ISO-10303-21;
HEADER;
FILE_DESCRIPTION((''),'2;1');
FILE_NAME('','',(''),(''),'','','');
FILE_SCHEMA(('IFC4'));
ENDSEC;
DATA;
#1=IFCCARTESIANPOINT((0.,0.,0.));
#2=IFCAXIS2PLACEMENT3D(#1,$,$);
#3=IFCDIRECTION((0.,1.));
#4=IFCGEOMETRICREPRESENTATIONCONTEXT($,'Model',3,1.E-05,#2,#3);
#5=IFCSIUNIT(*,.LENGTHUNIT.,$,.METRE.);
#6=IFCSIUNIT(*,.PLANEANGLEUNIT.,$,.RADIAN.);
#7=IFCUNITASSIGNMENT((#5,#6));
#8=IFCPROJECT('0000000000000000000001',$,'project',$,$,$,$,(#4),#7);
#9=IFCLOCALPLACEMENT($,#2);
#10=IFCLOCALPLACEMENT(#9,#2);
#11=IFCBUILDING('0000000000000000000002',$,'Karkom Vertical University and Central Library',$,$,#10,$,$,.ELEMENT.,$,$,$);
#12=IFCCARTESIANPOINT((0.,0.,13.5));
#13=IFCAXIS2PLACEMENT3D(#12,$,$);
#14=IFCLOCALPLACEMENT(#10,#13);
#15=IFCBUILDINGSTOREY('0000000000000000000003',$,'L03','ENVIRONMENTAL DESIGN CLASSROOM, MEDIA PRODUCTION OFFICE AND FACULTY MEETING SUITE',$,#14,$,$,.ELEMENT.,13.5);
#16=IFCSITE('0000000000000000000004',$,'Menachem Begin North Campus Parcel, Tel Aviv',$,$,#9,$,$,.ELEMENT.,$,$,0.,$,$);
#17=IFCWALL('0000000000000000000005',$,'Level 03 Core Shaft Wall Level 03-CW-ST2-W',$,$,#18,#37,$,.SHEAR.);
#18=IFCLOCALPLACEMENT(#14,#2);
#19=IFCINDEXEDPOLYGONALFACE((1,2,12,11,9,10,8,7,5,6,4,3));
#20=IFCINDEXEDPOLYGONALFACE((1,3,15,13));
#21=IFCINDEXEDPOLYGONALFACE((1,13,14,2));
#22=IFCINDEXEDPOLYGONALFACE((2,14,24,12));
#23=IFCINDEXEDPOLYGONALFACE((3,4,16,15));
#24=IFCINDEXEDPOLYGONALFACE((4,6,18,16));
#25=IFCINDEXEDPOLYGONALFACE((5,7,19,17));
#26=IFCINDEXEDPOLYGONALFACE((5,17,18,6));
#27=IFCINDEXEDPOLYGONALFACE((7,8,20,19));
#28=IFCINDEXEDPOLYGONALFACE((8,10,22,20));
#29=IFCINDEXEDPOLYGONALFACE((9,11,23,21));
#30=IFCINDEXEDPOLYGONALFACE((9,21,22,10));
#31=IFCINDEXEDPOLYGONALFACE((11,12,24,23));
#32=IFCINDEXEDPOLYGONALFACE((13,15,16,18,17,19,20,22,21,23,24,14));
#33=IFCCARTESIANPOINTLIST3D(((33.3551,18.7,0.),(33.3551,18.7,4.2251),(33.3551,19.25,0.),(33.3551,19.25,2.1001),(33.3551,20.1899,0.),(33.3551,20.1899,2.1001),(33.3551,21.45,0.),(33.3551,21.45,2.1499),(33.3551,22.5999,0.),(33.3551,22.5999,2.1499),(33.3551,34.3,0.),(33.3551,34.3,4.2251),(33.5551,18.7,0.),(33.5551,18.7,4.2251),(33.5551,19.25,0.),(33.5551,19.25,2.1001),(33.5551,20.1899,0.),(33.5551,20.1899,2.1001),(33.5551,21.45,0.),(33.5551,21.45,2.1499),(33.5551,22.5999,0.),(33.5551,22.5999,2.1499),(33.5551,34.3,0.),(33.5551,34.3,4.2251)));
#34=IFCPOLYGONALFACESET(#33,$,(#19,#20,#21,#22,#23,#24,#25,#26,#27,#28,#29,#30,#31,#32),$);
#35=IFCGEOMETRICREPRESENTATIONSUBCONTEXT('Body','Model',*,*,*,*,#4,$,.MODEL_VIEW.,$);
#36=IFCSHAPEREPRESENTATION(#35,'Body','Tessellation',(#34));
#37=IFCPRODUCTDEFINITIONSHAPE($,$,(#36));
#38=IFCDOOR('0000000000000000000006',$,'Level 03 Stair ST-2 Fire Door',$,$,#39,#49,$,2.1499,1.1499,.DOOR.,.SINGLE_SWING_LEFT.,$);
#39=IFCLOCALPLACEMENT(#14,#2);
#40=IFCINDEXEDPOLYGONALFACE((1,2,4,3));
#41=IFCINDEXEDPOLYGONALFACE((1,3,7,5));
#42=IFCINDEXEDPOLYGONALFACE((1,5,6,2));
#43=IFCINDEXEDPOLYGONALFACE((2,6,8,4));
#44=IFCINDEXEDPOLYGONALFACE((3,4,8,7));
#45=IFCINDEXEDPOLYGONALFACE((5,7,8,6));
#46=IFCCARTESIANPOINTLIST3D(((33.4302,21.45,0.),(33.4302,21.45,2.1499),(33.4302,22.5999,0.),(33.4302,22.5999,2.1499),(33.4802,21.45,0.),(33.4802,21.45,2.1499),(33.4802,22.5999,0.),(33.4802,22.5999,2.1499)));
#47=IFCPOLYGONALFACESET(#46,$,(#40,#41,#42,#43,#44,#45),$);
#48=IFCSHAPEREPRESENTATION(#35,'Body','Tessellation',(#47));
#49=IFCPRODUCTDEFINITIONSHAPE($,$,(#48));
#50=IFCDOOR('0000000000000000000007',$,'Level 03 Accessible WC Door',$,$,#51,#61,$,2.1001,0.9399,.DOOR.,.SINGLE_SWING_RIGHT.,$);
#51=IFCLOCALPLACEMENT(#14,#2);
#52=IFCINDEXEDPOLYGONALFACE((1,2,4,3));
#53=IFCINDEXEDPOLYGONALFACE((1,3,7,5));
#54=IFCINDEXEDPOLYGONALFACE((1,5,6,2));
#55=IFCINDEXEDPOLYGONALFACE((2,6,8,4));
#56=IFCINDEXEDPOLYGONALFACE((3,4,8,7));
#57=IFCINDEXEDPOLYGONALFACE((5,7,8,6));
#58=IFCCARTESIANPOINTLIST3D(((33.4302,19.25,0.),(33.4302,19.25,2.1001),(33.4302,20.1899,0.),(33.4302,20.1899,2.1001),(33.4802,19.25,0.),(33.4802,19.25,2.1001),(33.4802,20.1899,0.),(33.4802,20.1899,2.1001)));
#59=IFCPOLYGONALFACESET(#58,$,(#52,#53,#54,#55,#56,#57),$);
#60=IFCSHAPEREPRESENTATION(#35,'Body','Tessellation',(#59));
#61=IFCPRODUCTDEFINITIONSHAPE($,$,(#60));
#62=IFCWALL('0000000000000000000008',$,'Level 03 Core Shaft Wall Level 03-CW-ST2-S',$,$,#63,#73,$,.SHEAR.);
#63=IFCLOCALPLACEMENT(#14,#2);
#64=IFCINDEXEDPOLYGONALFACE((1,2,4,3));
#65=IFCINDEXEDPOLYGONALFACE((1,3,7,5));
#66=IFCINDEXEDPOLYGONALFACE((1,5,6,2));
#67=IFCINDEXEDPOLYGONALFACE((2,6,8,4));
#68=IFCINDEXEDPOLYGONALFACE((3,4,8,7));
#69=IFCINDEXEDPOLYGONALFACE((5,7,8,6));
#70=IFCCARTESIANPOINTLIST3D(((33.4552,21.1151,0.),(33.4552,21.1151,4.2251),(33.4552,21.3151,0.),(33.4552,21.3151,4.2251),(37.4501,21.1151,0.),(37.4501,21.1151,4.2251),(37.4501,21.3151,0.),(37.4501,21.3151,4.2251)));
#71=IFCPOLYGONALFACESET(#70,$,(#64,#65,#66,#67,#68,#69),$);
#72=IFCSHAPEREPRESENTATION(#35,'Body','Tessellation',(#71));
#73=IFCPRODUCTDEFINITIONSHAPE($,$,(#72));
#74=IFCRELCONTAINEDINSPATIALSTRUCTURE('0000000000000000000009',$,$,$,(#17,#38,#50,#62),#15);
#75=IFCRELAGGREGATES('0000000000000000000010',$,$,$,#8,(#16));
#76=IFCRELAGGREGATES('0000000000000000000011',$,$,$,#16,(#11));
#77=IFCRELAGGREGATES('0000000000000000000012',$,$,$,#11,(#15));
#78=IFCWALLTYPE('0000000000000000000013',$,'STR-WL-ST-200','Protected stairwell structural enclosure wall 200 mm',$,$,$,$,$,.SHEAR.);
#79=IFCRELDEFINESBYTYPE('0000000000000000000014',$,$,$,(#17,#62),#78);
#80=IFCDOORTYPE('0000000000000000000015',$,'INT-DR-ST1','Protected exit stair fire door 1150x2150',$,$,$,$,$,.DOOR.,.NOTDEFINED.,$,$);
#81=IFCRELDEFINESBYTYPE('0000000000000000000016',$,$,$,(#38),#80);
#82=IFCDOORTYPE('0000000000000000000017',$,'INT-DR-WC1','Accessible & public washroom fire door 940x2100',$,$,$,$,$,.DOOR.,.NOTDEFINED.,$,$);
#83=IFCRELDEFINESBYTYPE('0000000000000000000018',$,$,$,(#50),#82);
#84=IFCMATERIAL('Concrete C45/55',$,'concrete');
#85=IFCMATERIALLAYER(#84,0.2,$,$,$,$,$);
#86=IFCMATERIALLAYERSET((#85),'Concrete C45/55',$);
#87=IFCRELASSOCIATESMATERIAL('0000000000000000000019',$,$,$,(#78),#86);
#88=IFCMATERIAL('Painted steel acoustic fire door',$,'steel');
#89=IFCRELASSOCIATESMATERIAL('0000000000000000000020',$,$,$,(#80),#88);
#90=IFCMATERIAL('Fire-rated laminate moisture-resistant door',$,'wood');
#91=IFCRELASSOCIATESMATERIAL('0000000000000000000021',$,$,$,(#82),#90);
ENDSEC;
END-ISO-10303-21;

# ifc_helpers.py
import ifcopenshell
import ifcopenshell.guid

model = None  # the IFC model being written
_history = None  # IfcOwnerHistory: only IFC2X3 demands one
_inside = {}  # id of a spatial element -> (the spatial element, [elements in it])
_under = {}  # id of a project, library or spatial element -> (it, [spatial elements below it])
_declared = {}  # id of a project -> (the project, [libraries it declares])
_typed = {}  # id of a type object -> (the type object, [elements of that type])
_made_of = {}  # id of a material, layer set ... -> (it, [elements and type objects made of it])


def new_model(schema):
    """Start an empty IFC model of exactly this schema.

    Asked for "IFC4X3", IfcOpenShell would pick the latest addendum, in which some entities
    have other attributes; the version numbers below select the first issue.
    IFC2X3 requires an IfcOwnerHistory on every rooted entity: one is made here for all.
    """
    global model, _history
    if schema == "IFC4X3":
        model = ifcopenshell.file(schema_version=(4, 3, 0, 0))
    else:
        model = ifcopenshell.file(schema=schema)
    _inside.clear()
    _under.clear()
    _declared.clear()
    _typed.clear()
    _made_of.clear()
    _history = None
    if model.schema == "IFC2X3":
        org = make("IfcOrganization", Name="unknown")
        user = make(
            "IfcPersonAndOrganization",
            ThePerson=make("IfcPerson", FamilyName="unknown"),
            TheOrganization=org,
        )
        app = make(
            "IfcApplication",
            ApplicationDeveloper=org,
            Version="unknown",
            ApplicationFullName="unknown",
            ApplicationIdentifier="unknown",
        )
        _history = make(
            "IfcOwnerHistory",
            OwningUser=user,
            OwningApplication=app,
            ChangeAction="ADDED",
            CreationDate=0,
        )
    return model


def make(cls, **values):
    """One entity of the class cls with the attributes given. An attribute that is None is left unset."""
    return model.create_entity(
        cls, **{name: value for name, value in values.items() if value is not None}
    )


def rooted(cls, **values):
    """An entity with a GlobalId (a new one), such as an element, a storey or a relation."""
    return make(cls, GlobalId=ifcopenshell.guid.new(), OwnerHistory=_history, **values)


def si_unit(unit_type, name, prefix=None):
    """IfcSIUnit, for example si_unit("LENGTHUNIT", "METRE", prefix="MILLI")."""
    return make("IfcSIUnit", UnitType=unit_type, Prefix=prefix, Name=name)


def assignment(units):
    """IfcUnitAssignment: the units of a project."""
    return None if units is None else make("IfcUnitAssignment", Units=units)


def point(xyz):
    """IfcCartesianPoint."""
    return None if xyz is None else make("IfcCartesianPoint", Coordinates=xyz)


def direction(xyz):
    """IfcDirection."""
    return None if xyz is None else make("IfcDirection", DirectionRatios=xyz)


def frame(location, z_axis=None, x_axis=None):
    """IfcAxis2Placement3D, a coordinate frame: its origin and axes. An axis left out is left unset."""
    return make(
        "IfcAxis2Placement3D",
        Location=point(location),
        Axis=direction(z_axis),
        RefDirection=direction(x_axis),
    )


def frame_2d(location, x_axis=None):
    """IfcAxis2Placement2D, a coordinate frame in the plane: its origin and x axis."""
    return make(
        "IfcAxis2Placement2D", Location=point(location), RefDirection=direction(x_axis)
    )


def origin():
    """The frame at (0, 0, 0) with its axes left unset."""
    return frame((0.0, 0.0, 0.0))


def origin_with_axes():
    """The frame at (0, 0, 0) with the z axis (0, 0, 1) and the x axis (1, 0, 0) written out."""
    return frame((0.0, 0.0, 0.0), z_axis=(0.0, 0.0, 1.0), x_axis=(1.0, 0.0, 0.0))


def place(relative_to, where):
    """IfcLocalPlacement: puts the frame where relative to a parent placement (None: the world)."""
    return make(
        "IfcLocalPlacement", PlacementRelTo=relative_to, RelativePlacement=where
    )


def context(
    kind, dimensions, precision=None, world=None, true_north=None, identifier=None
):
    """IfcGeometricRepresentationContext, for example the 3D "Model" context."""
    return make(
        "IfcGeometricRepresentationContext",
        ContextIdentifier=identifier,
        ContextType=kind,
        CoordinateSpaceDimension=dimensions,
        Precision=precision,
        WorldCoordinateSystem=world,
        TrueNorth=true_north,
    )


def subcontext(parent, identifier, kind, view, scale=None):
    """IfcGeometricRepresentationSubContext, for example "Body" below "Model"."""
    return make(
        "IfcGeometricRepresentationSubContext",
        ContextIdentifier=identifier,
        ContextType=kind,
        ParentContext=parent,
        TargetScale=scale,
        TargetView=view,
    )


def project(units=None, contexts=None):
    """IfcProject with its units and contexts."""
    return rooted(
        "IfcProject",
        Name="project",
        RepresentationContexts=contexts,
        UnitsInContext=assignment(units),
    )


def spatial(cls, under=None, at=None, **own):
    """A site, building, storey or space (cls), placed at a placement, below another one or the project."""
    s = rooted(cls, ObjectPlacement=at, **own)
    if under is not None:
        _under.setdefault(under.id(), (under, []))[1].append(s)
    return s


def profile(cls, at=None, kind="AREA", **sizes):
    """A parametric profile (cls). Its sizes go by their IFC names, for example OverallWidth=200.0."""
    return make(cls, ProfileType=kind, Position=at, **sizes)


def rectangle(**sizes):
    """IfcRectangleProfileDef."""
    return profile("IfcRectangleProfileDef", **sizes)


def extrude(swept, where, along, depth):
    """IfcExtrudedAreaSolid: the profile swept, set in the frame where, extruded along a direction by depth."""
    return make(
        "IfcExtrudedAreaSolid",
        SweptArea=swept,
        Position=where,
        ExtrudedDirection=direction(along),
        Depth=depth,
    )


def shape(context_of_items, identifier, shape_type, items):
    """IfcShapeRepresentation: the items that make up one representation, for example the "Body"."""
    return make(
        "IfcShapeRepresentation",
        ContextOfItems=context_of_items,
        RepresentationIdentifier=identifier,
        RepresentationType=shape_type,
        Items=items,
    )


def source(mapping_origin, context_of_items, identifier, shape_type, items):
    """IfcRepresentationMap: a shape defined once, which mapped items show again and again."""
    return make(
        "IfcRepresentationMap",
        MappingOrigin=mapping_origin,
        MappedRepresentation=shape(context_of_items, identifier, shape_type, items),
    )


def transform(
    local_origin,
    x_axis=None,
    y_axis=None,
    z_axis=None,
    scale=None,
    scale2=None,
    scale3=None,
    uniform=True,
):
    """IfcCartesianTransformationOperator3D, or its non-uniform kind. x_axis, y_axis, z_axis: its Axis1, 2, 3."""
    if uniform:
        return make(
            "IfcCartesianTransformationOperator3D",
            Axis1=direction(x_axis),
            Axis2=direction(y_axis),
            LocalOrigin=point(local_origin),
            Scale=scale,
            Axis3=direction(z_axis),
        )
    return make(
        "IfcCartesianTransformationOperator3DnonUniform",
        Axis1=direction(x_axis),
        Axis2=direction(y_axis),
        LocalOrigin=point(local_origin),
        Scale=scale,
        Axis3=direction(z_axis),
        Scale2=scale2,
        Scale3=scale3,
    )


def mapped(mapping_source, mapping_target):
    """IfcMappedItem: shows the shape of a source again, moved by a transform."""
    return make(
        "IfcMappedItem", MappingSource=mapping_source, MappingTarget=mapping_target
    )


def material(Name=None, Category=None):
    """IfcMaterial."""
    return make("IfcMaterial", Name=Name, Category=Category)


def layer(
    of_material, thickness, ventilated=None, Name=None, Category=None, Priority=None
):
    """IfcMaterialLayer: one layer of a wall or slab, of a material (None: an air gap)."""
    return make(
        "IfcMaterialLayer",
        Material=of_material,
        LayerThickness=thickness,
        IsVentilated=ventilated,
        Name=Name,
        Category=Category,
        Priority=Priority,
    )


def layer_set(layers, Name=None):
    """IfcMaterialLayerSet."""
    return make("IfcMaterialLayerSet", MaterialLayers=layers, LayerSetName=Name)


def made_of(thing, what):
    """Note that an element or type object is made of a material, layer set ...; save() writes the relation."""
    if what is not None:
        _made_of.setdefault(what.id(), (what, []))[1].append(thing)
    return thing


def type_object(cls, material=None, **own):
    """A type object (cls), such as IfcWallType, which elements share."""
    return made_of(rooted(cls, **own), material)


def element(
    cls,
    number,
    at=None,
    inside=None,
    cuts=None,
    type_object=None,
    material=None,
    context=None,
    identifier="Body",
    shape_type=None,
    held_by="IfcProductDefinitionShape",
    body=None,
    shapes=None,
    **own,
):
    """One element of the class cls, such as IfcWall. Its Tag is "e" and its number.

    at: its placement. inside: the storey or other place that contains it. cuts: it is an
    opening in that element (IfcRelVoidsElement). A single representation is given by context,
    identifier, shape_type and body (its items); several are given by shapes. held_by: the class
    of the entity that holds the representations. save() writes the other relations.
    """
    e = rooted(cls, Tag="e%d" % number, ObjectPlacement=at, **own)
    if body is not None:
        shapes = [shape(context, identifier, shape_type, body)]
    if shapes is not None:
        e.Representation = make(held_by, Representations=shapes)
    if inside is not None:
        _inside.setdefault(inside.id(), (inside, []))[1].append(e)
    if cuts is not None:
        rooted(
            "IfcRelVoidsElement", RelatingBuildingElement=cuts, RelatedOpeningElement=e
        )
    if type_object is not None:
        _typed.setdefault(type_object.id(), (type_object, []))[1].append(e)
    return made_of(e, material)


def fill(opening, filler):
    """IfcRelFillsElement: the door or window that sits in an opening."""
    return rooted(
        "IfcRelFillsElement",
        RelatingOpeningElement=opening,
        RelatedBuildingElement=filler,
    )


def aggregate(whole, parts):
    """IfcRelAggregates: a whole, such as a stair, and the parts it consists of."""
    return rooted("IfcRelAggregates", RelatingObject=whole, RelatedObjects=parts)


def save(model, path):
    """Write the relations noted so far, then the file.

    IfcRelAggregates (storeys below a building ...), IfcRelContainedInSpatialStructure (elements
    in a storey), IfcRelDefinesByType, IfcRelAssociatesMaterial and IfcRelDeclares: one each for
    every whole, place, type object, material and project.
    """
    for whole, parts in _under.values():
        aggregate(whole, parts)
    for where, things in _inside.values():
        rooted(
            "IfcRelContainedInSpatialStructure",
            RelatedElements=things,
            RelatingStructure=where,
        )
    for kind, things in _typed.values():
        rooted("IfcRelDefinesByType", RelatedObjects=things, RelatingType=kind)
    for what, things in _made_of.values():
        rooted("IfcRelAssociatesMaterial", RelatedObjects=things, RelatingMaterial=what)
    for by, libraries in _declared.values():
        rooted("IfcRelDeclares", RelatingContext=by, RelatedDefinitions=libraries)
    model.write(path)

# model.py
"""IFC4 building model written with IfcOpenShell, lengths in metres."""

from ifc_helpers import new_model, si_unit, direction, frame, frame_2d, origin, origin_with_axes, place, context, subcontext, project, spatial, rectangle, extrude, source, transform, mapped, material, layer, layer_set, type_object, element, fill, save


model = new_model("IFC4")

# Units and contexts
model_context = context("Model", 3, precision=1e-05, world=origin(), true_north=direction((0.0, 1.0)))
body_context = subcontext(model_context, "Body", "Model", "MODEL_VIEW")
ifc_project = project(units=[si_unit("LENGTHUNIT", "METRE"), si_unit("PLANEANGLEUNIT", "RADIAN")], contexts=[model_context])

# Site, building, storey
site_placement = place(None, origin())
site = spatial("IfcSite", under=ifc_project, at=site_placement, Name="Menachem Begin North Campus Parcel, Tel Aviv", CompositionType="ELEMENT", RefElevation=0.0)
building_placement = place(site_placement, origin())
building = spatial("IfcBuilding", under=site, at=building_placement, Name="Karkom Vertical University and Central Library", CompositionType="ELEMENT")
storey_placement = place(building_placement, frame((0.0, 0.0, 13.5)))
storey = spatial("IfcBuildingStorey", under=building, at=storey_placement, Name="L03", Description="ENVIRONMENTAL DESIGN CLASSROOM, MEDIA PRODUCTION OFFICE AND FACULTY MEETING SUITE", CompositionType="ELEMENT", Elevation=13.5)

# Wall, openings, doors
ifc_material_1 = material(Name="Concrete C45/55", Category="concrete")
ifc_layer_1 = layer(ifc_material_1, 0.2)
ifc_layer_set_1 = layer_set([ifc_layer_1], Name="Concrete C45/55")
wall_type_1 = type_object("IfcWallType", Name="STR-WL-ST-200", Description="Protected stairwell structural enclosure wall 200 mm", PredefinedType="SHEAR", material=ifc_layer_set_1)
ifc_material_2 = material(Name="Painted steel acoustic fire door", Category="steel")
door_type_1 = type_object("IfcDoorType", Name="INT-DR-ST1", Description="Protected exit stair fire door 1150x2150", OperationType="NOTDEFINED", PredefinedType="DOOR", material=ifc_material_2)
shared_shape_1 = source(origin_with_axes(), body_context, "Body", "SweptSolid", [
    extrude(rectangle(XDim=1.1499, YDim=2.1499, at=frame_2d((0.575, 1.075))), frame((0.0, 0.0249, 0.0), z_axis=(0.0, -1.0, 0.0), x_axis=(1.0, 0.0, 0.0)), (0.0, 0.0, 1.0), 0.05),
])
wall_1_placement = place(storey_placement, frame((33.4551, 18.7, 0.0), z_axis=(0.0, 0.0, 1.0), x_axis=(0.0, 1.0, 0.0)))
wall_1 = element("IfcWall", 1, at=wall_1_placement, inside=storey, type_object=wall_type_1, Name="Level 03 Core Shaft Wall Level 03-CW-ST2-W", PredefinedType="SHEAR", context=body_context, shape_type="SweptSolid", body=[
    extrude(rectangle(XDim=15.6001, YDim=0.2, at=frame_2d((7.8, 0.0))), origin(), (0.0, 0.0, 1.0), 4.2251),
])
opening_1_placement = place(wall_1_placement, frame((2.75, 0.0, 0.0)))
opening_1 = element("IfcOpeningElement", 2, at=opening_1_placement, cuts=wall_1, PredefinedType="OPENING", context=body_context, shape_type="SweptSolid", body=[
    extrude(rectangle(XDim=1.1499, YDim=2.1499, at=frame_2d((0.575, 1.075))), frame((0.0, 0.1099, 0.0), z_axis=(0.0, -1.0, 0.0), x_axis=(1.0, 0.0, 0.0)), (0.0, 0.0, 1.0), 0.22),
])
opening_2_placement = place(wall_1_placement, frame((0.55, 0.0, 0.0)))
opening_2 = element("IfcOpeningElement", 3, at=opening_2_placement, cuts=wall_1, PredefinedType="OPENING", context=body_context, shape_type="SweptSolid", body=[
    extrude(rectangle(XDim=0.9399, YDim=2.1001, at=frame_2d((0.47, 1.05))), frame((0.0, 0.1099, 0.0), z_axis=(0.0, -1.0, 0.0), x_axis=(1.0, 0.0, 0.0)), (0.0, 0.0, 1.0), 0.22),
])
door_1_placement = place(opening_1_placement, origin())
door_1 = element("IfcDoor", 4, at=door_1_placement, inside=storey, type_object=door_type_1, Name="Level 03 Stair ST-2 Fire Door", OperationType="SINGLE_SWING_LEFT", OverallHeight=2.1499, OverallWidth=1.1499, PredefinedType="DOOR", context=body_context, shape_type="MappedRepresentation", body=[
    mapped(shared_shape_1, transform((0.0, 0.0, 0.0), scale=1.0)),
])
fill(opening_1, door_1)
ifc_material_3 = material(Name="Fire-rated laminate moisture-resistant door", Category="wood")
door_type_2 = type_object("IfcDoorType", Name="INT-DR-WC1", Description="Accessible & public washroom fire door 940x2100", OperationType="NOTDEFINED", PredefinedType="DOOR", material=ifc_material_3)
shared_shape_2 = source(origin_with_axes(), body_context, "Body", "SweptSolid", [
    extrude(rectangle(XDim=0.9399, YDim=2.1001, at=frame_2d((0.47, 1.05))), frame((0.0, 0.0249, 0.0), z_axis=(0.0, -1.0, 0.0), x_axis=(1.0, 0.0, 0.0)), (0.0, 0.0, 1.0), 0.05),
])
door_2_placement = place(opening_2_placement, origin())
door_2 = element("IfcDoor", 5, at=door_2_placement, inside=storey, type_object=door_type_2, Name="Level 03 Accessible WC Door", OperationType="SINGLE_SWING_RIGHT", OverallHeight=2.1001, OverallWidth=0.9399, PredefinedType="DOOR", context=body_context, shape_type="MappedRepresentation", body=[
    mapped(shared_shape_2, transform((0.0, 0.0, 0.0), scale=1.0)),
])
fill(opening_2, door_2)

# Wall
wall_2_placement = place(storey_placement, frame((33.4551, 21.2151, 0.0), z_axis=(0.0, 0.0, 1.0), x_axis=(1.0, 0.0, 0.0)))
element("IfcWall", 6, at=wall_2_placement, inside=storey, type_object=wall_type_1, Name="Level 03 Core Shaft Wall Level 03-CW-ST2-S", PredefinedType="SHEAR", context=body_context, shape_type="SweptSolid", body=[
    extrude(rectangle(XDim=3.9949, YDim=0.2, at=frame_2d((1.9976, 0.0))), origin(), (0.0, 0.0, 1.0), 4.2251),
])

save(model, "model.ifc")
